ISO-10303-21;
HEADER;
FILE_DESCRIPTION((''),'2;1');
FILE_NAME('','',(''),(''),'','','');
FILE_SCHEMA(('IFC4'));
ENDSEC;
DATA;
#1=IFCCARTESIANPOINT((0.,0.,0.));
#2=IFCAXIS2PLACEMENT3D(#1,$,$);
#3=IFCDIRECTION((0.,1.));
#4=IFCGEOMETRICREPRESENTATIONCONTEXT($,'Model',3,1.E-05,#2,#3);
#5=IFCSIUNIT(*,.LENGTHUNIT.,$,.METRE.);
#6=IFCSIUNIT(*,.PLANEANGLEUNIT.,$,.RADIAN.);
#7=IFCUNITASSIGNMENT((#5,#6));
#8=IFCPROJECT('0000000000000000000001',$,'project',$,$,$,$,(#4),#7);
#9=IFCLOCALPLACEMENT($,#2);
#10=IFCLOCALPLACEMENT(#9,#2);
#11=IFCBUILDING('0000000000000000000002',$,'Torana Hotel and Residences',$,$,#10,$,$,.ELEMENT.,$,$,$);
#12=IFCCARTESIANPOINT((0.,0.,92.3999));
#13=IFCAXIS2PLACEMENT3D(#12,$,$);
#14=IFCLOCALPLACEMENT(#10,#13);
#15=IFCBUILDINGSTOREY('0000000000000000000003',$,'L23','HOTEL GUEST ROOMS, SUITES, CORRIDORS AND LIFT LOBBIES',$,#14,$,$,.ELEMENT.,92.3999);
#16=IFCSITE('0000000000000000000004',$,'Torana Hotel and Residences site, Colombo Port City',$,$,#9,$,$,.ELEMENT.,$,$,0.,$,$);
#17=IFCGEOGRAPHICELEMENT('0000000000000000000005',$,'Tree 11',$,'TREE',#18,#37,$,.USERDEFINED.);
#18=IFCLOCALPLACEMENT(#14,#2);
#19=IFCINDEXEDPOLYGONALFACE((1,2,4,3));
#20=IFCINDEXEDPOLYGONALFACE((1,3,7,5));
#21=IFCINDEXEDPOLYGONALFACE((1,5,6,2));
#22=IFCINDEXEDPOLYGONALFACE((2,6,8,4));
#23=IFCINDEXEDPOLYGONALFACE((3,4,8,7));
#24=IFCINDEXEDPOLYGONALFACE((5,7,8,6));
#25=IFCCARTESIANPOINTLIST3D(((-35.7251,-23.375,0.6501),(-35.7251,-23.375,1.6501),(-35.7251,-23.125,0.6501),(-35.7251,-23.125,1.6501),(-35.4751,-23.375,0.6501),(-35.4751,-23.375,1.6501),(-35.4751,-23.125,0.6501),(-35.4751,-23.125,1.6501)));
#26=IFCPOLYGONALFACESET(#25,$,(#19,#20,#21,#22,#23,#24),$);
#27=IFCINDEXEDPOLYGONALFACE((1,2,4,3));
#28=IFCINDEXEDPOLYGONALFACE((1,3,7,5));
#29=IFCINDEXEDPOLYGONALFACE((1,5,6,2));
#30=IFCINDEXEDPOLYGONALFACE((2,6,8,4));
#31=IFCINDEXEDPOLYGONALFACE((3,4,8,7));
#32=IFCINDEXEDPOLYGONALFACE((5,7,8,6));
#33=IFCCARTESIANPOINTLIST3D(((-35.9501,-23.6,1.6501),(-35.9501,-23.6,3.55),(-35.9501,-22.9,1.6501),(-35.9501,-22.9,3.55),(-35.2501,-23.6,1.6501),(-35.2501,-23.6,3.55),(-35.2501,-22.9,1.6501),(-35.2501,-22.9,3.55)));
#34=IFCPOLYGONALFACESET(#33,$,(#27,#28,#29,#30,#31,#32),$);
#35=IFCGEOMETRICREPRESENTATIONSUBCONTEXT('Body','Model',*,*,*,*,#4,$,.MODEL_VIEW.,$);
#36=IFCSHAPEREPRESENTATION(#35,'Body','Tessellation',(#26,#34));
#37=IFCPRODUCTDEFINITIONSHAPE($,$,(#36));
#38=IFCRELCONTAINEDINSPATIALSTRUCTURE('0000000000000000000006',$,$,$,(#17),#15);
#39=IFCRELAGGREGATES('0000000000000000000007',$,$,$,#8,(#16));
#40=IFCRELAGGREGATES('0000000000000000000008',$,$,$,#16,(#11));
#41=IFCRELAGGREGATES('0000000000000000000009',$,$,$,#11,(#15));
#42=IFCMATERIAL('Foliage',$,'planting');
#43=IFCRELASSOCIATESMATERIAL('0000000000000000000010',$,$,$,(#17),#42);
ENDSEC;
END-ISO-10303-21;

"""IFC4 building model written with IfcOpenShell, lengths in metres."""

from ifc_helpers import new_model, si_unit, direction, frame, origin, origin_2d, place, context, subcontext, project, spatial, rectangle, extrude, material, element, save


model = new_model("IFC4")

# Units and contexts
model_context = context("Model", 3, precision=1e-05, world=origin(), true_north=direction((0.0, 1.0)))
body_context = subcontext(model_context, "Body", "Model", "MODEL_VIEW")
ifc_project = project(units=[si_unit("LENGTHUNIT", "METRE"), si_unit("PLANEANGLEUNIT", "RADIAN")], contexts=[model_context])

# Site, building, storey
site_placement = place(None, origin())
site = spatial("IfcSite", under=ifc_project, at=site_placement, Name="Torana Hotel and Residences site, Colombo Port City", CompositionType="ELEMENT", RefElevation=0.0)
building_placement = place(site_placement, origin())
building = spatial("IfcBuilding", under=site, at=building_placement, Name="Torana Hotel and Residences", CompositionType="ELEMENT")
storey_placement = place(building_placement, frame((0.0, 0.0, 92.3999)))
storey = spatial("IfcBuildingStorey", under=building, at=storey_placement, Name="L23", Description="HOTEL GUEST ROOMS, SUITES, CORRIDORS AND LIFT LOBBIES", CompositionType="ELEMENT", Elevation=92.3999)

# Geographic element
ifc_material_1 = material(Name="Foliage", Category="planting")
geographic_element_placement = place(storey_placement, frame((-35.6001, -23.25, 0.6501), z_axis=(0.0, 0.0, 1.0), x_axis=(1.0, 0.0, 0.0)))
element("IfcGeographicElement", 1, at=geographic_element_placement, inside=storey, material=ifc_material_1, Name="Tree 11", ObjectType="TREE", PredefinedType="USERDEFINED", context=body_context, shape_type="SweptSolid", body=[
    extrude(rectangle(XDim=0.25, YDim=0.25, at=origin_2d()), origin(), (0.0, 0.0, 1.0), 1.0),
    extrude(rectangle(XDim=0.7, YDim=0.7, at=origin_2d()), frame((0.0, 0.0, 1.0)), (0.0, 0.0, 1.0), 1.8999),
])

save(model, "model.ifc")
